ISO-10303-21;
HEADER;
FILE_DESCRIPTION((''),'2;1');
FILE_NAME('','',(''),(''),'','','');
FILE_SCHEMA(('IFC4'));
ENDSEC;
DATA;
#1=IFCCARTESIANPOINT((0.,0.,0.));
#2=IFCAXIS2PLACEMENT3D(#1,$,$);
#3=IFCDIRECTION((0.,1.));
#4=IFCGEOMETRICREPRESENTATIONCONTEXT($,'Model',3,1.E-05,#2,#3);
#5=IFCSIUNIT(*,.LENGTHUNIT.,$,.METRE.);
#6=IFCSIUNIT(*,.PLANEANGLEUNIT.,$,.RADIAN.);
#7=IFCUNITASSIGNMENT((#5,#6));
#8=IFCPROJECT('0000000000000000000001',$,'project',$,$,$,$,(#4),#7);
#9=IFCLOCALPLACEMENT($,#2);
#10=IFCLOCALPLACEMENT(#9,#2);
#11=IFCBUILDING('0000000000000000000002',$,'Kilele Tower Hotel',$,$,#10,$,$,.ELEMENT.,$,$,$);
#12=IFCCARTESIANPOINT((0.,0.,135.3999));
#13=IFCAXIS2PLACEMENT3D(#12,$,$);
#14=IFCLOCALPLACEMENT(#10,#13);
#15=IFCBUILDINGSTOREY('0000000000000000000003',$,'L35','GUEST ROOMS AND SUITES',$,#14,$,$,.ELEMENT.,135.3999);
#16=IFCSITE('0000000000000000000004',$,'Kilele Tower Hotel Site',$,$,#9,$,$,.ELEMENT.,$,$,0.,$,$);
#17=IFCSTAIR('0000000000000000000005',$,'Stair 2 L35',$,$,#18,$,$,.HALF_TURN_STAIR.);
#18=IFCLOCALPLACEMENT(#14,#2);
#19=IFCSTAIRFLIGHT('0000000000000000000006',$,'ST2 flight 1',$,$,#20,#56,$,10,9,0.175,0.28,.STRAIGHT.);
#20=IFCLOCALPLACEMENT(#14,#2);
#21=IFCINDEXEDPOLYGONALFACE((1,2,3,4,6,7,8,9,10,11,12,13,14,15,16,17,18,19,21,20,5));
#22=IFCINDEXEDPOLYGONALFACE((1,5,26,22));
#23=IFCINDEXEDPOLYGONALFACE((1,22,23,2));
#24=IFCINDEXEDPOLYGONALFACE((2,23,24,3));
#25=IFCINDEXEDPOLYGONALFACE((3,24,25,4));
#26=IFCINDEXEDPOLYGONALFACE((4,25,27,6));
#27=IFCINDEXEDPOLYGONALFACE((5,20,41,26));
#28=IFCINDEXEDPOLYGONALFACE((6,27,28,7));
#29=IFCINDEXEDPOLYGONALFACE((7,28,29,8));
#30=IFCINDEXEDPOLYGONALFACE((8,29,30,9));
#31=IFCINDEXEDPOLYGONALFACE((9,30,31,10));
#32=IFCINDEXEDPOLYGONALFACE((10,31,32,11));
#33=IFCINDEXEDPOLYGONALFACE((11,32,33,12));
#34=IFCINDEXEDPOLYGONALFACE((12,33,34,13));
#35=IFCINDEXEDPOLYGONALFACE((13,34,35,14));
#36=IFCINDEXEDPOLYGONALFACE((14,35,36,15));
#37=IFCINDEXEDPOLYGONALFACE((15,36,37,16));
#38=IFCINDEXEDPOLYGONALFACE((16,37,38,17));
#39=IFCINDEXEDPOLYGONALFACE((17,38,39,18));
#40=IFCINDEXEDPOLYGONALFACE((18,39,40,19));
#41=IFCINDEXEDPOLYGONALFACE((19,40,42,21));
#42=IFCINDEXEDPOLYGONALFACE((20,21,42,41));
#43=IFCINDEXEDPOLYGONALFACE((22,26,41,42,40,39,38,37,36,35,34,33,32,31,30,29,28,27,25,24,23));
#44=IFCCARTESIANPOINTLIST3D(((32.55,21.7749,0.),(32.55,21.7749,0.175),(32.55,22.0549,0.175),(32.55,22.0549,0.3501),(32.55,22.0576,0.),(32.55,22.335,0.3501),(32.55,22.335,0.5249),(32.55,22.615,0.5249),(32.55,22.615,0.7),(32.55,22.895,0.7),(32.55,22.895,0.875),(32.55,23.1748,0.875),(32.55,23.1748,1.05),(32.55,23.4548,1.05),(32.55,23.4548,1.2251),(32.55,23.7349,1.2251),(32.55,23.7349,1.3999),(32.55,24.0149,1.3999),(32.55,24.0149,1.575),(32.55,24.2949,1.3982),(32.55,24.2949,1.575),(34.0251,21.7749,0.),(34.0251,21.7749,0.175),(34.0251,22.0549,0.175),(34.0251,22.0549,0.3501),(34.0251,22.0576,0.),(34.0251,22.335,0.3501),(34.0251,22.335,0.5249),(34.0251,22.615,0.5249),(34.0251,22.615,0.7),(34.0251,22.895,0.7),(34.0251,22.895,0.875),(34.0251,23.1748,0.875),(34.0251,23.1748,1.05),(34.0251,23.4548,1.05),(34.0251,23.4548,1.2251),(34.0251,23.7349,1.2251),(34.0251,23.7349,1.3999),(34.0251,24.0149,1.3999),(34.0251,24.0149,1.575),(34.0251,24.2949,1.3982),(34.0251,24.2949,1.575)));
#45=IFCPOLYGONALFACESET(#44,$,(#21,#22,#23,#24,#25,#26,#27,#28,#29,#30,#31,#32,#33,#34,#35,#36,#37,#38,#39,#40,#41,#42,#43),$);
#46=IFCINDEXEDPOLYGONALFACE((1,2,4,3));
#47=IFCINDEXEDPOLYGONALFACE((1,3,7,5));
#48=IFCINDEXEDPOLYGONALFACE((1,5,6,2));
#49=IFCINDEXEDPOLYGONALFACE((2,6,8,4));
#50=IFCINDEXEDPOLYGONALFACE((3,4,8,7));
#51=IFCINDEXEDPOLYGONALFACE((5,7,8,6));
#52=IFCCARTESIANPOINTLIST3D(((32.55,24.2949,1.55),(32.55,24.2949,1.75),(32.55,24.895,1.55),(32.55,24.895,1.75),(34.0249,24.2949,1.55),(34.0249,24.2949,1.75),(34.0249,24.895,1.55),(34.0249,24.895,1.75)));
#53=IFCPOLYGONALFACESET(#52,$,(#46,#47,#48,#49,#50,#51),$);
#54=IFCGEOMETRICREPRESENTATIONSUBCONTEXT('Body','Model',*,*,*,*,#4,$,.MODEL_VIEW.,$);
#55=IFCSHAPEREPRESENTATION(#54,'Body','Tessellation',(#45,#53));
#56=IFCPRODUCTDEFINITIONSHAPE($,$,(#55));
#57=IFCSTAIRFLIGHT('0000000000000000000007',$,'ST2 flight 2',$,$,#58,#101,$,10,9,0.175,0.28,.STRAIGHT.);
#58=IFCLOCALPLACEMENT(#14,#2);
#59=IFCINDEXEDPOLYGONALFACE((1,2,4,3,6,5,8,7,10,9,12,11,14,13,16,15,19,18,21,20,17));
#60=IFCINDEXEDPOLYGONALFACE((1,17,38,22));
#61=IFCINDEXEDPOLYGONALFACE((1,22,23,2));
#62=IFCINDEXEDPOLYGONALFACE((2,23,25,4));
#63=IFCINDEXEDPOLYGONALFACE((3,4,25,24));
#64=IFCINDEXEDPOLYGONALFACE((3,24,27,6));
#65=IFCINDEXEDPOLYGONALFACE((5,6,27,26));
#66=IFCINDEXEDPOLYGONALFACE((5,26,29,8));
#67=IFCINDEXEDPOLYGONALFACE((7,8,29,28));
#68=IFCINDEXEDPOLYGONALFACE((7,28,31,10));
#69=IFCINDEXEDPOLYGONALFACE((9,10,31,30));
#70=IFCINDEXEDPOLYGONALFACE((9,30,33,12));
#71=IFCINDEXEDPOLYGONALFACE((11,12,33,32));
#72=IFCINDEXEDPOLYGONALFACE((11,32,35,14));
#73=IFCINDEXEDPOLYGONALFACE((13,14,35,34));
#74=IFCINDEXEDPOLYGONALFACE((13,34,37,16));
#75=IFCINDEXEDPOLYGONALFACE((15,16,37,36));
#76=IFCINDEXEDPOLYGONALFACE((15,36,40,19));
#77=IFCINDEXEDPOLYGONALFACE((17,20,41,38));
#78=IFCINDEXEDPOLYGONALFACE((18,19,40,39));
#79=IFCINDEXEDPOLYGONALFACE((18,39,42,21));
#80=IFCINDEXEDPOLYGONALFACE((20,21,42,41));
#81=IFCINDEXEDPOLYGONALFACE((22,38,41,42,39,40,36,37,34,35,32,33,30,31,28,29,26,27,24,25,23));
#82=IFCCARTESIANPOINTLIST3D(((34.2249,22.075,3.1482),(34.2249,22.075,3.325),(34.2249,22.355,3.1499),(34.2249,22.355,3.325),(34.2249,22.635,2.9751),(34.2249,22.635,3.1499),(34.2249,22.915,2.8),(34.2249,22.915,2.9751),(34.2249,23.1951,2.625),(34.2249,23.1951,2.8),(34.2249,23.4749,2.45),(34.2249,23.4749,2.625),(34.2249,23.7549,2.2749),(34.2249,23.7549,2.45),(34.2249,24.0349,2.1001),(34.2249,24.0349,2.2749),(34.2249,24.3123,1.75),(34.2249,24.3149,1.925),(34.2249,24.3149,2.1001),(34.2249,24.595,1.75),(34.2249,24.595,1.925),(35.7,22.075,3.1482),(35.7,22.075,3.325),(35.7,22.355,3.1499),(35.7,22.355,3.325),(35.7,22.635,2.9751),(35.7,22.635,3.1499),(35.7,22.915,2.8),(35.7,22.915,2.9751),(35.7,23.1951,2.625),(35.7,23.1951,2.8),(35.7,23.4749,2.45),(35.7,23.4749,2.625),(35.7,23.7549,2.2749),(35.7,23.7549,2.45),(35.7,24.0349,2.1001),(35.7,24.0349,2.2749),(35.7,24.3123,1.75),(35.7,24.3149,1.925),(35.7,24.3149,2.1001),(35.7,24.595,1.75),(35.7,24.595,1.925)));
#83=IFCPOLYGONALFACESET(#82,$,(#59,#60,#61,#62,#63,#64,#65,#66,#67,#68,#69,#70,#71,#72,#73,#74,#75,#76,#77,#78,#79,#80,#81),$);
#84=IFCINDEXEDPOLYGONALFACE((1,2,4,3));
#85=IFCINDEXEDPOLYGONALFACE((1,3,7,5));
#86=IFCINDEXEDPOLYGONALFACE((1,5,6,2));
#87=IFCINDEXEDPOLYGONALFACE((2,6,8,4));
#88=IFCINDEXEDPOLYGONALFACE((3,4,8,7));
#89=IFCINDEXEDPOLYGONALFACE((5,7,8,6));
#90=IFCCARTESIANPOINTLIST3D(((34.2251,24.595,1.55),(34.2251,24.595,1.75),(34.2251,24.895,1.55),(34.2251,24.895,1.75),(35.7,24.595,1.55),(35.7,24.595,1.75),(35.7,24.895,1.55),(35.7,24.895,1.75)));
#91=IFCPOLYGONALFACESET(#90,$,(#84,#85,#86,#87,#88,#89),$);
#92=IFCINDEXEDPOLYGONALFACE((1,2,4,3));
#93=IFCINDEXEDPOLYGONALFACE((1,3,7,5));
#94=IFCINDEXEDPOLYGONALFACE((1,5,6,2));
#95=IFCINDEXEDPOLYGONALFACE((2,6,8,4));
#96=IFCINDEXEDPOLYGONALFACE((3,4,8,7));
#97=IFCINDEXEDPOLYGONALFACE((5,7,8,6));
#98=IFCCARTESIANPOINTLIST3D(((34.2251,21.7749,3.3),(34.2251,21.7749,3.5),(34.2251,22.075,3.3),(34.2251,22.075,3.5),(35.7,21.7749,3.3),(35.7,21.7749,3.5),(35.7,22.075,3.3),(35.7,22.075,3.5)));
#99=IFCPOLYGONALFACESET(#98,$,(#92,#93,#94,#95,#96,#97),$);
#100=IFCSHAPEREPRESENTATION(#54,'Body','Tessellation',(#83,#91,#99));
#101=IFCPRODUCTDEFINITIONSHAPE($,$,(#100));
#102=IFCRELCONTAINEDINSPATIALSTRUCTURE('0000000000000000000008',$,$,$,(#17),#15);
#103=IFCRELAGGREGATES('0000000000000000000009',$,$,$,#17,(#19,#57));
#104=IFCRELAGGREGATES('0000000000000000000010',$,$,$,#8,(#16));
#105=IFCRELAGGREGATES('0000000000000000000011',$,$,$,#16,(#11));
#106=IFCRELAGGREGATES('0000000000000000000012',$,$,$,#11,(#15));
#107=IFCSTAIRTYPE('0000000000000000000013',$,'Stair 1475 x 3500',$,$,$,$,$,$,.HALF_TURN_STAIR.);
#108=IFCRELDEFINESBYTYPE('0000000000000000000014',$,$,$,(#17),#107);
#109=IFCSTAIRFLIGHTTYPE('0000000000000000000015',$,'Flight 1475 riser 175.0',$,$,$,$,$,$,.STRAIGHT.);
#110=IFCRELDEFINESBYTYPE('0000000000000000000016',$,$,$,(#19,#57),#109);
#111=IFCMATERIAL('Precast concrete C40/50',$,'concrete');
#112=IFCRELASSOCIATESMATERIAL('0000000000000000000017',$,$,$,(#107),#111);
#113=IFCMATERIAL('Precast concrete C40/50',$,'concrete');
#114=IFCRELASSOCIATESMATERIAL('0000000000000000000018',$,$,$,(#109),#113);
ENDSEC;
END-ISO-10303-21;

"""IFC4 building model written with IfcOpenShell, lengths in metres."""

from ifc_helpers import new_model, si_unit, direction, frame, origin, place, context, subcontext, project, spatial, polyline, outline, extrude, material, type_object, element, aggregate, save


model = new_model("IFC4")

# Units and contexts
model_context = context("Model", 3, precision=1e-05, world=origin(), true_north=direction((0.0, 1.0)))
body_context = subcontext(model_context, "Body", "Model", "MODEL_VIEW")
ifc_project = project(units=[si_unit("LENGTHUNIT", "METRE"), si_unit("PLANEANGLEUNIT", "RADIAN")], contexts=[model_context])

# Site, building, storey
site_placement = place(None, origin())
site = spatial("IfcSite", under=ifc_project, at=site_placement, Name="Kilele Tower Hotel Site", CompositionType="ELEMENT", RefElevation=0.0)
building_placement = place(site_placement, origin())
building = spatial("IfcBuilding", under=site, at=building_placement, Name="Kilele Tower Hotel", CompositionType="ELEMENT")
storey_placement = place(building_placement, frame((0.0, 0.0, 135.3999)))
storey = spatial("IfcBuildingStorey", under=building, at=storey_placement, Name="L35", Description="GUEST ROOMS AND SUITES", CompositionType="ELEMENT", Elevation=135.3999)

# Stair, stair flights
ifc_material_1 = material(Name="Precast concrete C40/50", Category="concrete")
stair_type = type_object("IfcStairType", Name="Stair 1475 x 3500", PredefinedType="HALF_TURN_STAIR", material=ifc_material_1)
stair_placement = place(storey_placement, origin())
stair = element("IfcStair", 1, at=stair_placement, inside=storey, type_object=stair_type, Name="Stair 2 L35", PredefinedType="HALF_TURN_STAIR")
ifc_material_2 = material(Name="Precast concrete C40/50", Category="concrete")
stair_flight_type = type_object("IfcStairFlightType", Name="Flight 1475 riser 175.0", PredefinedType="STRAIGHT", material=ifc_material_2)
stair_flight_1_placement = place(storey_placement, frame((33.2876, 21.7749, 0.0), z_axis=(0.0, 0.0, 1.0), x_axis=(0.0, 1.0, 0.0)))
stair_flight_1 = element("IfcStairFlight", 2, at=stair_flight_1_placement, type_object=stair_flight_type, Name="ST2 flight 1", NumberOfRisers=10, NumberOfTreads=9, PredefinedType="STRAIGHT", RiserHeight=0.175, TreadLength=0.28, context=body_context, shape_type="SweptSolid", body=[
    extrude(outline(polyline([(0.0, 0.0), (0.0, 0.175), (0.28, 0.175), (0.28, 0.3501), (0.5601, 0.3501), (0.5601, 0.5249), (0.8401, 0.5249), (0.8401, 0.7), (1.1201, 0.7), (1.1201, 0.875), (1.3999, 0.875), (1.3999, 1.05), (1.6799, 1.05), (1.6799, 1.2251), (1.96, 1.2251), (1.96, 1.3999), (2.24, 1.3999), (2.24, 1.575), (2.52, 1.575), (2.52, 1.75), (2.52, 1.3982), (0.2827, 0.0), (0.0, 0.0)])), frame((0.0, 0.7375, 0.0), z_axis=(0.0, -1.0, 0.0), x_axis=(1.0, 0.0, 0.0)), (0.0, 0.0, 1.0), 1.4751),
    extrude(outline(polyline([(2.52, 0.7375), (2.52, -0.7373), (3.1201, -0.7373), (3.1201, 0.7375), (2.52, 0.7375)])), frame((0.0, 0.0, 1.55)), (0.0, 0.0, 1.0), 0.2),
])
stair_flight_2_placement = place(storey_placement, frame((34.9624, 24.595, 1.75), z_axis=(0.0, 0.0, 1.0), x_axis=(0.0, -1.0, 0.0)))
stair_flight_2 = element("IfcStairFlight", 3, at=stair_flight_2_placement, type_object=stair_flight_type, Name="ST2 flight 2", NumberOfRisers=10, NumberOfTreads=9, PredefinedType="STRAIGHT", RiserHeight=0.175, TreadLength=0.28, context=body_context, shape_type="SweptSolid", body=[
    extrude(outline(polyline([(0.0, 0.0), (0.0, 0.175), (0.28, 0.175), (0.28, 0.3501), (0.5601, 0.3501), (0.5601, 0.5249), (0.8401, 0.5249), (0.8401, 0.7), (1.1201, 0.7), (1.1201, 0.875), (1.3999, 0.875), (1.3999, 1.05), (1.6799, 1.05), (1.6799, 1.2251), (1.96, 1.2251), (1.96, 1.3999), (2.24, 1.3999), (2.24, 1.575), (2.52, 1.575), (2.52, 1.75), (2.52, 1.3982), (0.2827, 0.0), (0.0, 0.0)])), frame((0.0, 0.7375, 0.0), z_axis=(0.0, -1.0, 0.0), x_axis=(1.0, 0.0, 0.0)), (0.0, 0.0, 1.0), 1.4751),
    extrude(outline(polyline([(0.0, -0.7373), (0.0, 0.7375), (-0.3, 0.7375), (-0.3, -0.7373), (0.0, -0.7373)])), frame((0.0, 0.0, -0.2)), (0.0, 0.0, 1.0), 0.2),
    extrude(outline(polyline([(2.8201, -0.7373), (2.8201, 0.7375), (2.52, 0.7375), (2.52, -0.7373), (2.8201, -0.7373)])), frame((0.0, 0.0, 1.55)), (0.0, 0.0, 1.0), 0.2),
])
aggregate(stair, [stair_flight_1, stair_flight_2])

save(model, "model.ifc")
